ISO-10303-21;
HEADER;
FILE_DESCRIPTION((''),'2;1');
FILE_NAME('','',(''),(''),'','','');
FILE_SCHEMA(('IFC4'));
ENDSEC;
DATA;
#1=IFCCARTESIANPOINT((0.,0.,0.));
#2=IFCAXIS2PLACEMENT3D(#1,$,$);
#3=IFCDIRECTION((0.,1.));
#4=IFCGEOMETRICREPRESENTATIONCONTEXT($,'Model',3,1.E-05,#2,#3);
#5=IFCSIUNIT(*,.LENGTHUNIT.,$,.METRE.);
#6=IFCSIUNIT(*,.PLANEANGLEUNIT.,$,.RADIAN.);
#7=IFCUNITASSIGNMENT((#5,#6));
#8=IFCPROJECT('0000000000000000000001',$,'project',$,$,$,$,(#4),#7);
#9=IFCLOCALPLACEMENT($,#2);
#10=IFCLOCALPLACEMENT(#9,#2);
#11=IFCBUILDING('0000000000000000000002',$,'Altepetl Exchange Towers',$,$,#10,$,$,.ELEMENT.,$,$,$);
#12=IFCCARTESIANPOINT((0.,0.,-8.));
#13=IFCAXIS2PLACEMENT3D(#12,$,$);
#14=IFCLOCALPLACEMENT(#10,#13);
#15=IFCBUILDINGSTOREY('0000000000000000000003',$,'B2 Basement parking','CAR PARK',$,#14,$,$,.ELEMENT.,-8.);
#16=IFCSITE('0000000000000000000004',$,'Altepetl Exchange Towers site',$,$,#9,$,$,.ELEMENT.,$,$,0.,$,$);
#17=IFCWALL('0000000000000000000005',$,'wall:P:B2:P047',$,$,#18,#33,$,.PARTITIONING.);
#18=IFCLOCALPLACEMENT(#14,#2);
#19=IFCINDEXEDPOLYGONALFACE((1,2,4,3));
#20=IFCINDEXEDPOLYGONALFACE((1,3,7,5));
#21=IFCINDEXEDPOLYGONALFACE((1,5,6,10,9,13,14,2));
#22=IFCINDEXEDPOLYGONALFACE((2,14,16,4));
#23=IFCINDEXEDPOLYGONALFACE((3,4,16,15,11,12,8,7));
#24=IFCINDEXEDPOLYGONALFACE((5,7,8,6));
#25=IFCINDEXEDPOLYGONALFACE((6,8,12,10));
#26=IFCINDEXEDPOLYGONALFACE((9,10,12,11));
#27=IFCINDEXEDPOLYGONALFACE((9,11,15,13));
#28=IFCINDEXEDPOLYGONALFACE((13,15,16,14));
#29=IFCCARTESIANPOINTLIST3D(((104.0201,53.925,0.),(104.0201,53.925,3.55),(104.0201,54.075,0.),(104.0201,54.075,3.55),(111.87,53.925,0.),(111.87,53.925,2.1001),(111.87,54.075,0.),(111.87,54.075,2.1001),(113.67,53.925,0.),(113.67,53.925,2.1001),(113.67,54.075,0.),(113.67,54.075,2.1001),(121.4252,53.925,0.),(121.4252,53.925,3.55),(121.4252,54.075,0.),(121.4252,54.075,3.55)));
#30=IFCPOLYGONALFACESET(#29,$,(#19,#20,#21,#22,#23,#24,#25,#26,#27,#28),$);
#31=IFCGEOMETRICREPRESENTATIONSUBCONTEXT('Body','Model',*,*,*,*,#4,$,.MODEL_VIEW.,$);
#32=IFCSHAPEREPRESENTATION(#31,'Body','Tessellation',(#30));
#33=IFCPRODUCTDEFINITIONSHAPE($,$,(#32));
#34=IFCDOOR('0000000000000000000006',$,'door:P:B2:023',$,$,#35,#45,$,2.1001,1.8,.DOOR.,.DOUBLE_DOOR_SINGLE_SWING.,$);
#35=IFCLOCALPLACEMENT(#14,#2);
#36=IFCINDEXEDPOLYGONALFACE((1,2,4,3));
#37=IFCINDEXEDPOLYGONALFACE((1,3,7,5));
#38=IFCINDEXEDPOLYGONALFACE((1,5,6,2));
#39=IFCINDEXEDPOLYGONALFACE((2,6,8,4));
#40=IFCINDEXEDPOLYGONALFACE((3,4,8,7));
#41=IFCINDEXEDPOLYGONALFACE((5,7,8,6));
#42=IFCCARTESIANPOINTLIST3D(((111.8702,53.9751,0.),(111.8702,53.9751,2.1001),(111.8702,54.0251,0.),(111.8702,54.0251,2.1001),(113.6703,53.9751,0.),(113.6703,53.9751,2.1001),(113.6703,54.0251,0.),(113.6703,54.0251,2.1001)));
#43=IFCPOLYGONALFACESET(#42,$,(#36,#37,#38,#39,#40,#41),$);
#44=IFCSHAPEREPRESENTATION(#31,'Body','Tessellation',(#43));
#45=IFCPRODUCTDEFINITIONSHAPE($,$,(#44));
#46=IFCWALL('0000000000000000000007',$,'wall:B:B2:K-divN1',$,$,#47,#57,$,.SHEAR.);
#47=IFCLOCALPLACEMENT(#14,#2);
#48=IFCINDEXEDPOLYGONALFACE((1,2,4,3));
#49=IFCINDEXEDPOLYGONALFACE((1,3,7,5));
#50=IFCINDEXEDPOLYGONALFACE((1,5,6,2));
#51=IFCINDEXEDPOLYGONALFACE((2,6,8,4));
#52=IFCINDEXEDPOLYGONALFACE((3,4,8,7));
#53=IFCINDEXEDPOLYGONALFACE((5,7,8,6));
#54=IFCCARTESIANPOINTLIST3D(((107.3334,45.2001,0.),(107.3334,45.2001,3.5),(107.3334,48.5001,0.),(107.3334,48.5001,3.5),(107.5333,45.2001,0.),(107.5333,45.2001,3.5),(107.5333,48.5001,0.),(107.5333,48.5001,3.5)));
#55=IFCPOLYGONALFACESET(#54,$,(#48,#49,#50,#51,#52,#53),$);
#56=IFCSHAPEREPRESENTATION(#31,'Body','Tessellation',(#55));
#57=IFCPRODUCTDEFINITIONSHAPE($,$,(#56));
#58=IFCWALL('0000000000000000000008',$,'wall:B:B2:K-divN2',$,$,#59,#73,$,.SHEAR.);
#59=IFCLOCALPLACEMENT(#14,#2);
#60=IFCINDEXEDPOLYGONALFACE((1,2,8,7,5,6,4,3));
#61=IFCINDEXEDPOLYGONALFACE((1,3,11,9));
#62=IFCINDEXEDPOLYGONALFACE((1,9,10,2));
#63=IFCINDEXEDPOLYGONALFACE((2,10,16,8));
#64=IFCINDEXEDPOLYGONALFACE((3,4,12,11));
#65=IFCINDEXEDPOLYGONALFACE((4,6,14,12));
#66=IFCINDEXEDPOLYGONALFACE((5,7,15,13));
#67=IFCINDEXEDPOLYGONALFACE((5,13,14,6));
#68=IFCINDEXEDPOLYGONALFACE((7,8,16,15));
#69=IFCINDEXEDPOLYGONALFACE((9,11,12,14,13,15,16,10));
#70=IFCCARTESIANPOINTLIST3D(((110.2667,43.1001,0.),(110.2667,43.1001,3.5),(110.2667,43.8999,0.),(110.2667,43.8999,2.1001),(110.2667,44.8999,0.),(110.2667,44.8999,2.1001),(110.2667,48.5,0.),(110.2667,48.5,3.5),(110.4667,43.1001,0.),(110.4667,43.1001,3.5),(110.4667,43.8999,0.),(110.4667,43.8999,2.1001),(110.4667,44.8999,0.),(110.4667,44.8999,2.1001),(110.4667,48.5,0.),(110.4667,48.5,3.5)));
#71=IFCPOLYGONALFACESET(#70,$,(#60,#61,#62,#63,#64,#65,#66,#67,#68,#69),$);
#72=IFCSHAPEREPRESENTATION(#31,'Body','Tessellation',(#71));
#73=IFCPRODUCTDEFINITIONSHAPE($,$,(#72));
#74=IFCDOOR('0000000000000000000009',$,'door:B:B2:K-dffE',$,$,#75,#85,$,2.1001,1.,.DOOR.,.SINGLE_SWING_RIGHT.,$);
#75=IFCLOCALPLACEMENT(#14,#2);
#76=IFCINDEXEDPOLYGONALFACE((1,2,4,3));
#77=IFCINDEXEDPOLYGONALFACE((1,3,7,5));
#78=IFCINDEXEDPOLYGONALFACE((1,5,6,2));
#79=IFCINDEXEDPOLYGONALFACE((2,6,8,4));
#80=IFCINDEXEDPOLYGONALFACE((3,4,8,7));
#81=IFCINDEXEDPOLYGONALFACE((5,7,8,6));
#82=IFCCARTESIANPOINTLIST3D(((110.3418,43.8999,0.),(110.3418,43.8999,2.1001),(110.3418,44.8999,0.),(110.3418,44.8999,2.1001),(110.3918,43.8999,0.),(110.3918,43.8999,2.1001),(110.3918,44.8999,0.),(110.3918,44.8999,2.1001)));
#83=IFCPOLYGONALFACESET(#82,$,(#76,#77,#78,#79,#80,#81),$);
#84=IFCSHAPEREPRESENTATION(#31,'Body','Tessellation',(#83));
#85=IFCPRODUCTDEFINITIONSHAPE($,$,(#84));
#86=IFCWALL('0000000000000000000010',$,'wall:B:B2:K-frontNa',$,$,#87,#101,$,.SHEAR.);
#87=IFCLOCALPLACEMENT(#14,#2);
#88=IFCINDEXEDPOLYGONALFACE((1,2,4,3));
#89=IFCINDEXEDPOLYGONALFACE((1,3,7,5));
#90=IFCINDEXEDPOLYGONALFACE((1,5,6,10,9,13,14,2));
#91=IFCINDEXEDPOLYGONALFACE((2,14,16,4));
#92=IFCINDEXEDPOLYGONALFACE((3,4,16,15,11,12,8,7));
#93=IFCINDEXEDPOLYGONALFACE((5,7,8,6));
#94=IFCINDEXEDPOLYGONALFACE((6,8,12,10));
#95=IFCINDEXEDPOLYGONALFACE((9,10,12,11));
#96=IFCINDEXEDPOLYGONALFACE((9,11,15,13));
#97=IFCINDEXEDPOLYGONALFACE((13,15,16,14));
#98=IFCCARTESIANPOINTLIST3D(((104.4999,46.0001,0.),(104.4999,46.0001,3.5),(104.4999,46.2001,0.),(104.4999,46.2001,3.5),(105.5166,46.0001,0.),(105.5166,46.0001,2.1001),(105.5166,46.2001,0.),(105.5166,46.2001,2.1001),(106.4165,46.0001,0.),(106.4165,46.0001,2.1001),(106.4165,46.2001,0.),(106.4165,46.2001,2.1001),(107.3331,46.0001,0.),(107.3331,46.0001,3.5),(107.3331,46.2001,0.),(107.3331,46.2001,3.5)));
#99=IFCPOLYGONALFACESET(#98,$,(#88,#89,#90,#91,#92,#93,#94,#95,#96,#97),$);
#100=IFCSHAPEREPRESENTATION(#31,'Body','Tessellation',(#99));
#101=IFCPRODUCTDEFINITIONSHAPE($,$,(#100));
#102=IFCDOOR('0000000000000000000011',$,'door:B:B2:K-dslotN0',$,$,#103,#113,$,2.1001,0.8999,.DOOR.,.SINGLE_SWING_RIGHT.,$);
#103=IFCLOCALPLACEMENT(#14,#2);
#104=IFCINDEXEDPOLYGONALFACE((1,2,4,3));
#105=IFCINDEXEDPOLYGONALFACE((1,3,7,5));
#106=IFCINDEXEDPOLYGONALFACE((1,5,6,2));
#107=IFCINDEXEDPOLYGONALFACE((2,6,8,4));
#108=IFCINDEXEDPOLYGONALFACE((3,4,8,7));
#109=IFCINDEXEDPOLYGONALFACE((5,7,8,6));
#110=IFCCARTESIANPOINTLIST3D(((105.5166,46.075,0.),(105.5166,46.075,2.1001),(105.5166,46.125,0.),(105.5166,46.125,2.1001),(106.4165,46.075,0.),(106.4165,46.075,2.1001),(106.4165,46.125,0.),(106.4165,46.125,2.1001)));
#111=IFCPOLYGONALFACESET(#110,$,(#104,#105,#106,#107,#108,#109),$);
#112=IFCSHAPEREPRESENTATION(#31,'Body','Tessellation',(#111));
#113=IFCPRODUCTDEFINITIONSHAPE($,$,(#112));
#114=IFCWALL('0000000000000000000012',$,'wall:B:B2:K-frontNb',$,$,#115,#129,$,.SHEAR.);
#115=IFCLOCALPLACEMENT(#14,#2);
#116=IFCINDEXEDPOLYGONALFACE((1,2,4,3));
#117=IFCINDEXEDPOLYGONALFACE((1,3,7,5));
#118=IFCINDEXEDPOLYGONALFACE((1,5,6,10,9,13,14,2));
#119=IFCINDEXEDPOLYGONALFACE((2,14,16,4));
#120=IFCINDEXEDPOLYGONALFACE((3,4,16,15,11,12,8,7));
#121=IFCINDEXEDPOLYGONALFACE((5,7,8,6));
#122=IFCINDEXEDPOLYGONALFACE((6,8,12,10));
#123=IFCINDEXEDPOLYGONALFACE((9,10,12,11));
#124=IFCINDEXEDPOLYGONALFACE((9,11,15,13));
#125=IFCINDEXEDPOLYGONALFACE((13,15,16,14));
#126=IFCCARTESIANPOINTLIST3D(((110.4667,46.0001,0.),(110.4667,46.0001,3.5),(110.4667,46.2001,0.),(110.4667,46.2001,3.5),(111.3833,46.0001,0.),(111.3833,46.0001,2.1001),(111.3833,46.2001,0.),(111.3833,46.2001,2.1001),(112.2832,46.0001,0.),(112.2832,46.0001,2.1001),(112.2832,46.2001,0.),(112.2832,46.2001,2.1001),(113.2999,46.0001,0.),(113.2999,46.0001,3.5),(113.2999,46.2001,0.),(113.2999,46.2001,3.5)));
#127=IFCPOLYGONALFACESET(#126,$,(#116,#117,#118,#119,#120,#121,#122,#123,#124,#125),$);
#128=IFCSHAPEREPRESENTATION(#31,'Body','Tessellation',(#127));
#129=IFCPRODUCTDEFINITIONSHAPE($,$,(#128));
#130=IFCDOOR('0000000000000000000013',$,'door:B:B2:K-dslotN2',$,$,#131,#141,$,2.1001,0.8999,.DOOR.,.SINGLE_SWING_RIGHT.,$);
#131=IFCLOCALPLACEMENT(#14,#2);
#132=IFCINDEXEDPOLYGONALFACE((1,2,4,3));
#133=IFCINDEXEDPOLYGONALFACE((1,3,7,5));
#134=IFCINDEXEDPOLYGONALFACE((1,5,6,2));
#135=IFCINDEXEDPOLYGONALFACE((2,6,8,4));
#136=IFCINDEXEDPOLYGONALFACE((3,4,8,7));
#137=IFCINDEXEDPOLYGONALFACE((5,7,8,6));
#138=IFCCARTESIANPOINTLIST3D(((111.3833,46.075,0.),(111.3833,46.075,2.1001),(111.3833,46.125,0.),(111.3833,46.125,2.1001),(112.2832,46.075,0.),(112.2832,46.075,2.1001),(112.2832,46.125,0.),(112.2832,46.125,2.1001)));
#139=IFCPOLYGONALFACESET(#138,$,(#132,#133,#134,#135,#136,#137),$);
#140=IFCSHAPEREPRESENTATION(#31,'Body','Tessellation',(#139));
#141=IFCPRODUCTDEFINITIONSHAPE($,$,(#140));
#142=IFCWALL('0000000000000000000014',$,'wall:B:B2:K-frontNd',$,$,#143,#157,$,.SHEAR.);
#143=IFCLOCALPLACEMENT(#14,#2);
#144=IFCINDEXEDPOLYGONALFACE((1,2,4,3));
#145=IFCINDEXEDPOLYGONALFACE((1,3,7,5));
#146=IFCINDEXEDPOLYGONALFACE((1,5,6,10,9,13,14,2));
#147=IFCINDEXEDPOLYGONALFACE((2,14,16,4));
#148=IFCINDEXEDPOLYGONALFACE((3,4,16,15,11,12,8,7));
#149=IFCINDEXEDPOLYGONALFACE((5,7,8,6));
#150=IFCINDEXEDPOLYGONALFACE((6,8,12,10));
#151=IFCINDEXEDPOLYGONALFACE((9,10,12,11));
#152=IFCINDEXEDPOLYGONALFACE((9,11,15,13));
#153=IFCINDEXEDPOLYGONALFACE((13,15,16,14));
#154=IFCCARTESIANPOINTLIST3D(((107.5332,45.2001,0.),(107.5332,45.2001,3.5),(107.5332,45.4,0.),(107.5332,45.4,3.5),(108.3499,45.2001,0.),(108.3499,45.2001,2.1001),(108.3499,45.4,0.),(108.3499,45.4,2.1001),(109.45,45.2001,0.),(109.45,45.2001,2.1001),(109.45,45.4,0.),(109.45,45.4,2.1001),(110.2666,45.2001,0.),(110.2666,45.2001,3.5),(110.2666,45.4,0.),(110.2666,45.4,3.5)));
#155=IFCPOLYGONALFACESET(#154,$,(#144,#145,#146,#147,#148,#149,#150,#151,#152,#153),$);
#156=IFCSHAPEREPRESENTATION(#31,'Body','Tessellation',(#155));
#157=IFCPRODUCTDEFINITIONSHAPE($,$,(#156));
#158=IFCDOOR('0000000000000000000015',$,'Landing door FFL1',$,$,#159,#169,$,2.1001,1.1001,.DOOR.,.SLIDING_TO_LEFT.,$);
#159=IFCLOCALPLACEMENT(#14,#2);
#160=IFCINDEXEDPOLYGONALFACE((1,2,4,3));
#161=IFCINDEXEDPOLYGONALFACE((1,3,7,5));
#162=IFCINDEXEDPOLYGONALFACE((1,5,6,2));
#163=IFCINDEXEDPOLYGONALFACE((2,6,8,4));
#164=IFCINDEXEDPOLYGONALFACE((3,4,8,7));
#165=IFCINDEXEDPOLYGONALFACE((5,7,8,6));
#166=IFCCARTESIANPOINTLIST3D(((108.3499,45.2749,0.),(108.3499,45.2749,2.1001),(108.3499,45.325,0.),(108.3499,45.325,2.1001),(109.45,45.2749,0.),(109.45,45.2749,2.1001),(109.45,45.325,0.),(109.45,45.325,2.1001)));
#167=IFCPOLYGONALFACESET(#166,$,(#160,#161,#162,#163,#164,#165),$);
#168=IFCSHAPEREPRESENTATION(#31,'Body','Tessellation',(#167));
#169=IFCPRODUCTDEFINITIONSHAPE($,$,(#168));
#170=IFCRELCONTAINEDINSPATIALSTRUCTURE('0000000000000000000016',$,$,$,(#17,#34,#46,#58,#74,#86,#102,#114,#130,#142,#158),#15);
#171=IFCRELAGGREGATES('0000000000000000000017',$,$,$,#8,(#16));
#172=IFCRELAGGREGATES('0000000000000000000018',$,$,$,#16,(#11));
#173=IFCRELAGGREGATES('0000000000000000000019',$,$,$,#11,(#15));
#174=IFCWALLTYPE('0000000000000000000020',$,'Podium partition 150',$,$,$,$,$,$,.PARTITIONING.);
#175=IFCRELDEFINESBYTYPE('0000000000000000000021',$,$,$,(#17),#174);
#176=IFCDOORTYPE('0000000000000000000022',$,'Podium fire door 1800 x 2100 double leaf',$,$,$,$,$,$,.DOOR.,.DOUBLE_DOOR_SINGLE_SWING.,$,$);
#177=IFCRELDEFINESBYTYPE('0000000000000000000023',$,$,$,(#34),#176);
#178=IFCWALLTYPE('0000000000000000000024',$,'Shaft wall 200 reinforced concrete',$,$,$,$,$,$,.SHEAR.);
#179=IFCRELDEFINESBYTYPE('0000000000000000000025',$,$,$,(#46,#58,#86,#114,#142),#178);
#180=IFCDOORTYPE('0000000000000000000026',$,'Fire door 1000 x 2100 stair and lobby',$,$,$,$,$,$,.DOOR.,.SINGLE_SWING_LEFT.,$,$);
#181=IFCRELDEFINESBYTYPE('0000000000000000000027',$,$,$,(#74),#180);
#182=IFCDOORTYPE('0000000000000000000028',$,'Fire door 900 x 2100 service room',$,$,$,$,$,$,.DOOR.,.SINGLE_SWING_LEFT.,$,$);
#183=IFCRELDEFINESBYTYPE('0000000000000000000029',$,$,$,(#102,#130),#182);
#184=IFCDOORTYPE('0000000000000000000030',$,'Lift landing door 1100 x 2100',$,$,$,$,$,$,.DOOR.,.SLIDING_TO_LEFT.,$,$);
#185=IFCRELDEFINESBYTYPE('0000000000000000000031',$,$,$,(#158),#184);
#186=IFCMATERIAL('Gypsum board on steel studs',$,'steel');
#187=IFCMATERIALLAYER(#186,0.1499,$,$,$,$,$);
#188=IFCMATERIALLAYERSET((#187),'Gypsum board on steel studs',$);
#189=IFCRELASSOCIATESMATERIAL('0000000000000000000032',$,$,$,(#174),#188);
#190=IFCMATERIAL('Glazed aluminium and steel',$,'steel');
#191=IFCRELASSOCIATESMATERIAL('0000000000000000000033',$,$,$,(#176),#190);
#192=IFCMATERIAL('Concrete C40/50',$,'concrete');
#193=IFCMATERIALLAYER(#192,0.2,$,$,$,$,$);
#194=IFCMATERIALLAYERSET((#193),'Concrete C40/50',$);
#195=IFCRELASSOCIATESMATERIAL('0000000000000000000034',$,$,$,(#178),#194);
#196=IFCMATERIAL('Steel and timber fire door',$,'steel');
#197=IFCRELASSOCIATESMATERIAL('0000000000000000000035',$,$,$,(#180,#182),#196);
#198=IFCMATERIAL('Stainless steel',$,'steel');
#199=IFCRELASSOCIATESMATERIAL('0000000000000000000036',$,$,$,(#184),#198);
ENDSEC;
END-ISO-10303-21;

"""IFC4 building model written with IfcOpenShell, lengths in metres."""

from ifc_helpers import new_model, si_unit, direction, frame, frame_2d, origin, place, context, subcontext, project, spatial, rectangle, extrude, material, layer, layer_set, type_object, element, fill, save


model = new_model("IFC4")

# Units and contexts
model_context = context("Model", 3, precision=1e-05, world=origin(), true_north=direction((0.0, 1.0)))
body_context = subcontext(model_context, "Body", "Model", "MODEL_VIEW")
ifc_project = project(units=[si_unit("LENGTHUNIT", "METRE"), si_unit("PLANEANGLEUNIT", "RADIAN")], contexts=[model_context])

# Site, building, storey
site_placement = place(None, origin())
site = spatial("IfcSite", under=ifc_project, at=site_placement, Name="Altepetl Exchange Towers site", CompositionType="ELEMENT", RefElevation=0.0)
building_placement = place(site_placement, origin())
building = spatial("IfcBuilding", under=site, at=building_placement, Name="Altepetl Exchange Towers", CompositionType="ELEMENT")
storey_placement = place(building_placement, frame((0.0, 0.0, -8.0)))
storey = spatial("IfcBuildingStorey", under=building, at=storey_placement, Name="B2 Basement parking", Description="CAR PARK", CompositionType="ELEMENT", Elevation=-8.0)

# Wall, opening, door
ifc_material_1 = material(Name="Gypsum board on steel studs", Category="steel")
ifc_layer_1 = layer(ifc_material_1, 0.1499)
ifc_layer_set_1 = layer_set([ifc_layer_1], Name="Gypsum board on steel studs")
wall_type_1 = type_object("IfcWallType", Name="Podium partition 150", PredefinedType="PARTITIONING", material=ifc_layer_set_1)
wall_1_placement = place(storey_placement, frame((104.02, 54.0, 0.0)))
wall_1 = element("IfcWall", 1, at=wall_1_placement, inside=storey, type_object=wall_type_1, Name="wall:P:B2:P047", PredefinedType="PARTITIONING", context=body_context, shape_type="SweptSolid", body=[
    extrude(rectangle(XDim=17.405, YDim=0.1499, at=frame_2d((8.7026, 0.0))), origin(), (0.0, 0.0, 1.0), 3.55),
])
opening_1_placement = place(wall_1_placement, frame((7.8501, 0.0, 0.0)))
opening_1 = element("IfcOpeningElement", 2, at=opening_1_placement, cuts=wall_1, PredefinedType="OPENING", context=body_context, shape_type="SweptSolid", body=[
    extrude(rectangle(XDim=1.8, YDim=2.1001, at=frame_2d((0.8999, 1.05))), frame((0.0, 0.085, 0.0), z_axis=(0.0, -1.0, 0.0), x_axis=(1.0, 0.0, 0.0)), (0.0, 0.0, 1.0), 0.1699),
])
ifc_material_2 = material(Name="Glazed aluminium and steel", Category="steel")
door_type_1 = type_object("IfcDoorType", Name="Podium fire door 1800 x 2100 double leaf", OperationType="DOUBLE_DOOR_SINGLE_SWING", PredefinedType="DOOR", material=ifc_material_2)
door_1_placement = place(opening_1_placement, frame((1.8, 0.0, 0.0), x_axis=(-1.0, 0.0, 0.0)))
door_1 = element("IfcDoor", 3, at=door_1_placement, inside=storey, type_object=door_type_1, Name="door:P:B2:023", OperationType="DOUBLE_DOOR_SINGLE_SWING", OverallHeight=2.1001, OverallWidth=1.8, PredefinedType="DOOR", context=body_context, shape_type="SweptSolid", body=[
    extrude(rectangle(XDim=1.8, YDim=2.1001, at=frame_2d((0.8999, 1.05))), frame((0.0, 0.0249, 0.0), z_axis=(0.0, -1.0, 0.0), x_axis=(1.0, 0.0, 0.0)), (0.0, 0.0, 1.0), 0.05),
])
fill(opening_1, door_1)

# Wall
ifc_material_3 = material(Name="Concrete C40/50", Category="concrete")
ifc_layer_2 = layer(ifc_material_3, 0.2)
ifc_layer_set_2 = layer_set([ifc_layer_2], Name="Concrete C40/50")
wall_type_2 = type_object("IfcWallType", Name="Shaft wall 200 reinforced concrete", PredefinedType="SHEAR", material=ifc_layer_set_2)
wall_2_placement = place(storey_placement, frame((107.4333, 48.5, 0.0), z_axis=(0.0, 0.0, 1.0), x_axis=(0.0, -1.0, 0.0)))
element("IfcWall", 4, at=wall_2_placement, inside=storey, type_object=wall_type_2, Name="wall:B:B2:K-divN1", PredefinedType="SHEAR", context=body_context, shape_type="SweptSolid", body=[
    extrude(rectangle(XDim=3.3, YDim=0.2, at=frame_2d((1.6499, 0.0))), origin(), (0.0, 0.0, 1.0), 3.5),
])

# Walls, openings, doors
wall_3_placement = place(storey_placement, frame((110.3667, 48.5, 0.0), z_axis=(0.0, 0.0, 1.0), x_axis=(0.0, -1.0, 0.0)))
wall_3 = element("IfcWall", 5, at=wall_3_placement, inside=storey, type_object=wall_type_2, Name="wall:B:B2:K-divN2", PredefinedType="SHEAR", context=body_context, shape_type="SweptSolid", body=[
    extrude(rectangle(XDim=5.3999, YDim=0.2, at=frame_2d((2.7, 0.0))), origin(), (0.0, 0.0, 1.0), 3.5),
])
opening_2_placement = place(wall_3_placement, frame((3.6001, 0.0, 0.0)))
opening_2 = element("IfcOpeningElement", 6, at=opening_2_placement, cuts=wall_3, PredefinedType="OPENING", context=body_context, shape_type="SweptSolid", body=[
    extrude(rectangle(XDim=1.0, YDim=2.1001, at=frame_2d((0.5, 1.05))), frame((0.0, 0.1099, 0.0), z_axis=(0.0, -1.0, 0.0), x_axis=(1.0, 0.0, 0.0)), (0.0, 0.0, 1.0), 0.22),
])
ifc_material_4 = material(Name="Steel and timber fire door", Category="steel")
door_type_2 = type_object("IfcDoorType", Name="Fire door 1000 x 2100 stair and lobby", OperationType="SINGLE_SWING_LEFT", PredefinedType="DOOR", material=ifc_material_4)
door_2_placement = place(opening_2_placement, frame((1.0, 0.0, 0.0), x_axis=(-1.0, 0.0, 0.0)))
door_2 = element("IfcDoor", 7, at=door_2_placement, inside=storey, type_object=door_type_2, Name="door:B:B2:K-dffE", OperationType="SINGLE_SWING_RIGHT", OverallHeight=2.1001, OverallWidth=1.0, PredefinedType="DOOR", context=body_context, shape_type="SweptSolid", body=[
    extrude(rectangle(XDim=1.0, YDim=2.1001, at=frame_2d((0.5, 1.05))), frame((0.0, 0.0249, 0.0), z_axis=(0.0, -1.0, 0.0), x_axis=(1.0, 0.0, 0.0)), (0.0, 0.0, 1.0), 0.05),
])
fill(opening_2, door_2)
wall_4_placement = place(storey_placement, frame((104.5, 46.1001, 0.0)))
wall_4 = element("IfcWall", 8, at=wall_4_placement, inside=storey, type_object=wall_type_2, Name="wall:B:B2:K-frontNa", PredefinedType="SHEAR", context=body_context, shape_type="SweptSolid", body=[
    extrude(rectangle(XDim=2.8333, YDim=0.2, at=frame_2d((1.4165, 0.0))), origin(), (0.0, 0.0, 1.0), 3.5),
])
opening_3_placement = place(wall_4_placement, frame((1.0166, 0.0, 0.0)))
opening_3 = element("IfcOpeningElement", 9, at=opening_3_placement, cuts=wall_4, PredefinedType="OPENING", context=body_context, shape_type="SweptSolid", body=[
    extrude(rectangle(XDim=0.8999, YDim=2.1001, at=frame_2d((0.45, 1.05))), frame((0.0, 0.1099, 0.0), z_axis=(0.0, -1.0, 0.0), x_axis=(1.0, 0.0, 0.0)), (0.0, 0.0, 1.0), 0.22),
])
door_type_3 = type_object("IfcDoorType", Name="Fire door 900 x 2100 service room", OperationType="SINGLE_SWING_LEFT", PredefinedType="DOOR", material=ifc_material_4)
door_3_placement = place(opening_3_placement, origin())
door_3 = element("IfcDoor", 10, at=door_3_placement, inside=storey, type_object=door_type_3, Name="door:B:B2:K-dslotN0", OperationType="SINGLE_SWING_RIGHT", OverallHeight=2.1001, OverallWidth=0.8999, PredefinedType="DOOR", context=body_context, shape_type="SweptSolid", body=[
    extrude(rectangle(XDim=0.8999, YDim=2.1001, at=frame_2d((0.45, 1.05))), frame((0.0, 0.0249, 0.0), z_axis=(0.0, -1.0, 0.0), x_axis=(1.0, 0.0, 0.0)), (0.0, 0.0, 1.0), 0.05),
])
fill(opening_3, door_3)
wall_5_placement = place(storey_placement, frame((110.4668, 46.1001, 0.0)))
wall_5 = element("IfcWall", 11, at=wall_5_placement, inside=storey, type_object=wall_type_2, Name="wall:B:B2:K-frontNb", PredefinedType="SHEAR", context=body_context, shape_type="SweptSolid", body=[
    extrude(rectangle(XDim=2.8333, YDim=0.2, at=frame_2d((1.4165, 0.0))), origin(), (0.0, 0.0, 1.0), 3.5),
])
opening_4_placement = place(wall_5_placement, frame((0.9165, 0.0, 0.0)))
opening_4 = element("IfcOpeningElement", 12, at=opening_4_placement, cuts=wall_5, PredefinedType="OPENING", context=body_context, shape_type="SweptSolid", body=[
    extrude(rectangle(XDim=0.8999, YDim=2.1001, at=frame_2d((0.45, 1.05))), frame((0.0, 0.1099, 0.0), z_axis=(0.0, -1.0, 0.0), x_axis=(1.0, 0.0, 0.0)), (0.0, 0.0, 1.0), 0.22),
])
door_4_placement = place(opening_4_placement, origin())
door_4 = element("IfcDoor", 13, at=door_4_placement, inside=storey, type_object=door_type_3, Name="door:B:B2:K-dslotN2", OperationType="SINGLE_SWING_RIGHT", OverallHeight=2.1001, OverallWidth=0.8999, PredefinedType="DOOR", context=body_context, shape_type="SweptSolid", body=[
    extrude(rectangle(XDim=0.8999, YDim=2.1001, at=frame_2d((0.45, 1.05))), frame((0.0, 0.0249, 0.0), z_axis=(0.0, -1.0, 0.0), x_axis=(1.0, 0.0, 0.0)), (0.0, 0.0, 1.0), 0.05),
])
fill(opening_4, door_4)
wall_6_placement = place(storey_placement, frame((107.5332, 45.3, 0.0)))
wall_6 = element("IfcWall", 14, at=wall_6_placement, inside=storey, type_object=wall_type_2, Name="wall:B:B2:K-frontNd", PredefinedType="SHEAR", context=body_context, shape_type="SweptSolid", body=[
    extrude(rectangle(XDim=2.7334, YDim=0.2, at=frame_2d((1.3667, 0.0))), origin(), (0.0, 0.0, 1.0), 3.5),
])
opening_5_placement = place(wall_6_placement, frame((0.8167, 0.0, 0.0)))
opening_5 = element("IfcOpeningElement", 15, at=opening_5_placement, cuts=wall_6, PredefinedType="OPENING", context=body_context, shape_type="SweptSolid", body=[
    extrude(rectangle(XDim=1.1001, YDim=2.1001, at=frame_2d((0.55, 1.05))), frame((0.0, 0.1099, 0.0), z_axis=(0.0, -1.0, 0.0), x_axis=(1.0, 0.0, 0.0)), (0.0, 0.0, 1.0), 0.22),
])
ifc_material_5 = material(Name="Stainless steel", Category="steel")
door_type_4 = type_object("IfcDoorType", Name="Lift landing door 1100 x 2100", OperationType="SLIDING_TO_LEFT", PredefinedType="DOOR", material=ifc_material_5)
door_5_placement = place(opening_5_placement, origin())
door_5 = element("IfcDoor", 16, at=door_5_placement, inside=storey, type_object=door_type_4, Name="Landing door FFL1", OperationType="SLIDING_TO_LEFT", OverallHeight=2.1001, OverallWidth=1.1001, PredefinedType="DOOR", context=body_context, shape_type="SweptSolid", body=[
    extrude(rectangle(XDim=1.1001, YDim=2.1001, at=frame_2d((0.55, 1.05))), frame((0.0, 0.0249, 0.0), z_axis=(0.0, -1.0, 0.0), x_axis=(1.0, 0.0, 0.0)), (0.0, 0.0, 1.0), 0.05),
])
fill(opening_5, door_5)

save(model, "model.ifc")
